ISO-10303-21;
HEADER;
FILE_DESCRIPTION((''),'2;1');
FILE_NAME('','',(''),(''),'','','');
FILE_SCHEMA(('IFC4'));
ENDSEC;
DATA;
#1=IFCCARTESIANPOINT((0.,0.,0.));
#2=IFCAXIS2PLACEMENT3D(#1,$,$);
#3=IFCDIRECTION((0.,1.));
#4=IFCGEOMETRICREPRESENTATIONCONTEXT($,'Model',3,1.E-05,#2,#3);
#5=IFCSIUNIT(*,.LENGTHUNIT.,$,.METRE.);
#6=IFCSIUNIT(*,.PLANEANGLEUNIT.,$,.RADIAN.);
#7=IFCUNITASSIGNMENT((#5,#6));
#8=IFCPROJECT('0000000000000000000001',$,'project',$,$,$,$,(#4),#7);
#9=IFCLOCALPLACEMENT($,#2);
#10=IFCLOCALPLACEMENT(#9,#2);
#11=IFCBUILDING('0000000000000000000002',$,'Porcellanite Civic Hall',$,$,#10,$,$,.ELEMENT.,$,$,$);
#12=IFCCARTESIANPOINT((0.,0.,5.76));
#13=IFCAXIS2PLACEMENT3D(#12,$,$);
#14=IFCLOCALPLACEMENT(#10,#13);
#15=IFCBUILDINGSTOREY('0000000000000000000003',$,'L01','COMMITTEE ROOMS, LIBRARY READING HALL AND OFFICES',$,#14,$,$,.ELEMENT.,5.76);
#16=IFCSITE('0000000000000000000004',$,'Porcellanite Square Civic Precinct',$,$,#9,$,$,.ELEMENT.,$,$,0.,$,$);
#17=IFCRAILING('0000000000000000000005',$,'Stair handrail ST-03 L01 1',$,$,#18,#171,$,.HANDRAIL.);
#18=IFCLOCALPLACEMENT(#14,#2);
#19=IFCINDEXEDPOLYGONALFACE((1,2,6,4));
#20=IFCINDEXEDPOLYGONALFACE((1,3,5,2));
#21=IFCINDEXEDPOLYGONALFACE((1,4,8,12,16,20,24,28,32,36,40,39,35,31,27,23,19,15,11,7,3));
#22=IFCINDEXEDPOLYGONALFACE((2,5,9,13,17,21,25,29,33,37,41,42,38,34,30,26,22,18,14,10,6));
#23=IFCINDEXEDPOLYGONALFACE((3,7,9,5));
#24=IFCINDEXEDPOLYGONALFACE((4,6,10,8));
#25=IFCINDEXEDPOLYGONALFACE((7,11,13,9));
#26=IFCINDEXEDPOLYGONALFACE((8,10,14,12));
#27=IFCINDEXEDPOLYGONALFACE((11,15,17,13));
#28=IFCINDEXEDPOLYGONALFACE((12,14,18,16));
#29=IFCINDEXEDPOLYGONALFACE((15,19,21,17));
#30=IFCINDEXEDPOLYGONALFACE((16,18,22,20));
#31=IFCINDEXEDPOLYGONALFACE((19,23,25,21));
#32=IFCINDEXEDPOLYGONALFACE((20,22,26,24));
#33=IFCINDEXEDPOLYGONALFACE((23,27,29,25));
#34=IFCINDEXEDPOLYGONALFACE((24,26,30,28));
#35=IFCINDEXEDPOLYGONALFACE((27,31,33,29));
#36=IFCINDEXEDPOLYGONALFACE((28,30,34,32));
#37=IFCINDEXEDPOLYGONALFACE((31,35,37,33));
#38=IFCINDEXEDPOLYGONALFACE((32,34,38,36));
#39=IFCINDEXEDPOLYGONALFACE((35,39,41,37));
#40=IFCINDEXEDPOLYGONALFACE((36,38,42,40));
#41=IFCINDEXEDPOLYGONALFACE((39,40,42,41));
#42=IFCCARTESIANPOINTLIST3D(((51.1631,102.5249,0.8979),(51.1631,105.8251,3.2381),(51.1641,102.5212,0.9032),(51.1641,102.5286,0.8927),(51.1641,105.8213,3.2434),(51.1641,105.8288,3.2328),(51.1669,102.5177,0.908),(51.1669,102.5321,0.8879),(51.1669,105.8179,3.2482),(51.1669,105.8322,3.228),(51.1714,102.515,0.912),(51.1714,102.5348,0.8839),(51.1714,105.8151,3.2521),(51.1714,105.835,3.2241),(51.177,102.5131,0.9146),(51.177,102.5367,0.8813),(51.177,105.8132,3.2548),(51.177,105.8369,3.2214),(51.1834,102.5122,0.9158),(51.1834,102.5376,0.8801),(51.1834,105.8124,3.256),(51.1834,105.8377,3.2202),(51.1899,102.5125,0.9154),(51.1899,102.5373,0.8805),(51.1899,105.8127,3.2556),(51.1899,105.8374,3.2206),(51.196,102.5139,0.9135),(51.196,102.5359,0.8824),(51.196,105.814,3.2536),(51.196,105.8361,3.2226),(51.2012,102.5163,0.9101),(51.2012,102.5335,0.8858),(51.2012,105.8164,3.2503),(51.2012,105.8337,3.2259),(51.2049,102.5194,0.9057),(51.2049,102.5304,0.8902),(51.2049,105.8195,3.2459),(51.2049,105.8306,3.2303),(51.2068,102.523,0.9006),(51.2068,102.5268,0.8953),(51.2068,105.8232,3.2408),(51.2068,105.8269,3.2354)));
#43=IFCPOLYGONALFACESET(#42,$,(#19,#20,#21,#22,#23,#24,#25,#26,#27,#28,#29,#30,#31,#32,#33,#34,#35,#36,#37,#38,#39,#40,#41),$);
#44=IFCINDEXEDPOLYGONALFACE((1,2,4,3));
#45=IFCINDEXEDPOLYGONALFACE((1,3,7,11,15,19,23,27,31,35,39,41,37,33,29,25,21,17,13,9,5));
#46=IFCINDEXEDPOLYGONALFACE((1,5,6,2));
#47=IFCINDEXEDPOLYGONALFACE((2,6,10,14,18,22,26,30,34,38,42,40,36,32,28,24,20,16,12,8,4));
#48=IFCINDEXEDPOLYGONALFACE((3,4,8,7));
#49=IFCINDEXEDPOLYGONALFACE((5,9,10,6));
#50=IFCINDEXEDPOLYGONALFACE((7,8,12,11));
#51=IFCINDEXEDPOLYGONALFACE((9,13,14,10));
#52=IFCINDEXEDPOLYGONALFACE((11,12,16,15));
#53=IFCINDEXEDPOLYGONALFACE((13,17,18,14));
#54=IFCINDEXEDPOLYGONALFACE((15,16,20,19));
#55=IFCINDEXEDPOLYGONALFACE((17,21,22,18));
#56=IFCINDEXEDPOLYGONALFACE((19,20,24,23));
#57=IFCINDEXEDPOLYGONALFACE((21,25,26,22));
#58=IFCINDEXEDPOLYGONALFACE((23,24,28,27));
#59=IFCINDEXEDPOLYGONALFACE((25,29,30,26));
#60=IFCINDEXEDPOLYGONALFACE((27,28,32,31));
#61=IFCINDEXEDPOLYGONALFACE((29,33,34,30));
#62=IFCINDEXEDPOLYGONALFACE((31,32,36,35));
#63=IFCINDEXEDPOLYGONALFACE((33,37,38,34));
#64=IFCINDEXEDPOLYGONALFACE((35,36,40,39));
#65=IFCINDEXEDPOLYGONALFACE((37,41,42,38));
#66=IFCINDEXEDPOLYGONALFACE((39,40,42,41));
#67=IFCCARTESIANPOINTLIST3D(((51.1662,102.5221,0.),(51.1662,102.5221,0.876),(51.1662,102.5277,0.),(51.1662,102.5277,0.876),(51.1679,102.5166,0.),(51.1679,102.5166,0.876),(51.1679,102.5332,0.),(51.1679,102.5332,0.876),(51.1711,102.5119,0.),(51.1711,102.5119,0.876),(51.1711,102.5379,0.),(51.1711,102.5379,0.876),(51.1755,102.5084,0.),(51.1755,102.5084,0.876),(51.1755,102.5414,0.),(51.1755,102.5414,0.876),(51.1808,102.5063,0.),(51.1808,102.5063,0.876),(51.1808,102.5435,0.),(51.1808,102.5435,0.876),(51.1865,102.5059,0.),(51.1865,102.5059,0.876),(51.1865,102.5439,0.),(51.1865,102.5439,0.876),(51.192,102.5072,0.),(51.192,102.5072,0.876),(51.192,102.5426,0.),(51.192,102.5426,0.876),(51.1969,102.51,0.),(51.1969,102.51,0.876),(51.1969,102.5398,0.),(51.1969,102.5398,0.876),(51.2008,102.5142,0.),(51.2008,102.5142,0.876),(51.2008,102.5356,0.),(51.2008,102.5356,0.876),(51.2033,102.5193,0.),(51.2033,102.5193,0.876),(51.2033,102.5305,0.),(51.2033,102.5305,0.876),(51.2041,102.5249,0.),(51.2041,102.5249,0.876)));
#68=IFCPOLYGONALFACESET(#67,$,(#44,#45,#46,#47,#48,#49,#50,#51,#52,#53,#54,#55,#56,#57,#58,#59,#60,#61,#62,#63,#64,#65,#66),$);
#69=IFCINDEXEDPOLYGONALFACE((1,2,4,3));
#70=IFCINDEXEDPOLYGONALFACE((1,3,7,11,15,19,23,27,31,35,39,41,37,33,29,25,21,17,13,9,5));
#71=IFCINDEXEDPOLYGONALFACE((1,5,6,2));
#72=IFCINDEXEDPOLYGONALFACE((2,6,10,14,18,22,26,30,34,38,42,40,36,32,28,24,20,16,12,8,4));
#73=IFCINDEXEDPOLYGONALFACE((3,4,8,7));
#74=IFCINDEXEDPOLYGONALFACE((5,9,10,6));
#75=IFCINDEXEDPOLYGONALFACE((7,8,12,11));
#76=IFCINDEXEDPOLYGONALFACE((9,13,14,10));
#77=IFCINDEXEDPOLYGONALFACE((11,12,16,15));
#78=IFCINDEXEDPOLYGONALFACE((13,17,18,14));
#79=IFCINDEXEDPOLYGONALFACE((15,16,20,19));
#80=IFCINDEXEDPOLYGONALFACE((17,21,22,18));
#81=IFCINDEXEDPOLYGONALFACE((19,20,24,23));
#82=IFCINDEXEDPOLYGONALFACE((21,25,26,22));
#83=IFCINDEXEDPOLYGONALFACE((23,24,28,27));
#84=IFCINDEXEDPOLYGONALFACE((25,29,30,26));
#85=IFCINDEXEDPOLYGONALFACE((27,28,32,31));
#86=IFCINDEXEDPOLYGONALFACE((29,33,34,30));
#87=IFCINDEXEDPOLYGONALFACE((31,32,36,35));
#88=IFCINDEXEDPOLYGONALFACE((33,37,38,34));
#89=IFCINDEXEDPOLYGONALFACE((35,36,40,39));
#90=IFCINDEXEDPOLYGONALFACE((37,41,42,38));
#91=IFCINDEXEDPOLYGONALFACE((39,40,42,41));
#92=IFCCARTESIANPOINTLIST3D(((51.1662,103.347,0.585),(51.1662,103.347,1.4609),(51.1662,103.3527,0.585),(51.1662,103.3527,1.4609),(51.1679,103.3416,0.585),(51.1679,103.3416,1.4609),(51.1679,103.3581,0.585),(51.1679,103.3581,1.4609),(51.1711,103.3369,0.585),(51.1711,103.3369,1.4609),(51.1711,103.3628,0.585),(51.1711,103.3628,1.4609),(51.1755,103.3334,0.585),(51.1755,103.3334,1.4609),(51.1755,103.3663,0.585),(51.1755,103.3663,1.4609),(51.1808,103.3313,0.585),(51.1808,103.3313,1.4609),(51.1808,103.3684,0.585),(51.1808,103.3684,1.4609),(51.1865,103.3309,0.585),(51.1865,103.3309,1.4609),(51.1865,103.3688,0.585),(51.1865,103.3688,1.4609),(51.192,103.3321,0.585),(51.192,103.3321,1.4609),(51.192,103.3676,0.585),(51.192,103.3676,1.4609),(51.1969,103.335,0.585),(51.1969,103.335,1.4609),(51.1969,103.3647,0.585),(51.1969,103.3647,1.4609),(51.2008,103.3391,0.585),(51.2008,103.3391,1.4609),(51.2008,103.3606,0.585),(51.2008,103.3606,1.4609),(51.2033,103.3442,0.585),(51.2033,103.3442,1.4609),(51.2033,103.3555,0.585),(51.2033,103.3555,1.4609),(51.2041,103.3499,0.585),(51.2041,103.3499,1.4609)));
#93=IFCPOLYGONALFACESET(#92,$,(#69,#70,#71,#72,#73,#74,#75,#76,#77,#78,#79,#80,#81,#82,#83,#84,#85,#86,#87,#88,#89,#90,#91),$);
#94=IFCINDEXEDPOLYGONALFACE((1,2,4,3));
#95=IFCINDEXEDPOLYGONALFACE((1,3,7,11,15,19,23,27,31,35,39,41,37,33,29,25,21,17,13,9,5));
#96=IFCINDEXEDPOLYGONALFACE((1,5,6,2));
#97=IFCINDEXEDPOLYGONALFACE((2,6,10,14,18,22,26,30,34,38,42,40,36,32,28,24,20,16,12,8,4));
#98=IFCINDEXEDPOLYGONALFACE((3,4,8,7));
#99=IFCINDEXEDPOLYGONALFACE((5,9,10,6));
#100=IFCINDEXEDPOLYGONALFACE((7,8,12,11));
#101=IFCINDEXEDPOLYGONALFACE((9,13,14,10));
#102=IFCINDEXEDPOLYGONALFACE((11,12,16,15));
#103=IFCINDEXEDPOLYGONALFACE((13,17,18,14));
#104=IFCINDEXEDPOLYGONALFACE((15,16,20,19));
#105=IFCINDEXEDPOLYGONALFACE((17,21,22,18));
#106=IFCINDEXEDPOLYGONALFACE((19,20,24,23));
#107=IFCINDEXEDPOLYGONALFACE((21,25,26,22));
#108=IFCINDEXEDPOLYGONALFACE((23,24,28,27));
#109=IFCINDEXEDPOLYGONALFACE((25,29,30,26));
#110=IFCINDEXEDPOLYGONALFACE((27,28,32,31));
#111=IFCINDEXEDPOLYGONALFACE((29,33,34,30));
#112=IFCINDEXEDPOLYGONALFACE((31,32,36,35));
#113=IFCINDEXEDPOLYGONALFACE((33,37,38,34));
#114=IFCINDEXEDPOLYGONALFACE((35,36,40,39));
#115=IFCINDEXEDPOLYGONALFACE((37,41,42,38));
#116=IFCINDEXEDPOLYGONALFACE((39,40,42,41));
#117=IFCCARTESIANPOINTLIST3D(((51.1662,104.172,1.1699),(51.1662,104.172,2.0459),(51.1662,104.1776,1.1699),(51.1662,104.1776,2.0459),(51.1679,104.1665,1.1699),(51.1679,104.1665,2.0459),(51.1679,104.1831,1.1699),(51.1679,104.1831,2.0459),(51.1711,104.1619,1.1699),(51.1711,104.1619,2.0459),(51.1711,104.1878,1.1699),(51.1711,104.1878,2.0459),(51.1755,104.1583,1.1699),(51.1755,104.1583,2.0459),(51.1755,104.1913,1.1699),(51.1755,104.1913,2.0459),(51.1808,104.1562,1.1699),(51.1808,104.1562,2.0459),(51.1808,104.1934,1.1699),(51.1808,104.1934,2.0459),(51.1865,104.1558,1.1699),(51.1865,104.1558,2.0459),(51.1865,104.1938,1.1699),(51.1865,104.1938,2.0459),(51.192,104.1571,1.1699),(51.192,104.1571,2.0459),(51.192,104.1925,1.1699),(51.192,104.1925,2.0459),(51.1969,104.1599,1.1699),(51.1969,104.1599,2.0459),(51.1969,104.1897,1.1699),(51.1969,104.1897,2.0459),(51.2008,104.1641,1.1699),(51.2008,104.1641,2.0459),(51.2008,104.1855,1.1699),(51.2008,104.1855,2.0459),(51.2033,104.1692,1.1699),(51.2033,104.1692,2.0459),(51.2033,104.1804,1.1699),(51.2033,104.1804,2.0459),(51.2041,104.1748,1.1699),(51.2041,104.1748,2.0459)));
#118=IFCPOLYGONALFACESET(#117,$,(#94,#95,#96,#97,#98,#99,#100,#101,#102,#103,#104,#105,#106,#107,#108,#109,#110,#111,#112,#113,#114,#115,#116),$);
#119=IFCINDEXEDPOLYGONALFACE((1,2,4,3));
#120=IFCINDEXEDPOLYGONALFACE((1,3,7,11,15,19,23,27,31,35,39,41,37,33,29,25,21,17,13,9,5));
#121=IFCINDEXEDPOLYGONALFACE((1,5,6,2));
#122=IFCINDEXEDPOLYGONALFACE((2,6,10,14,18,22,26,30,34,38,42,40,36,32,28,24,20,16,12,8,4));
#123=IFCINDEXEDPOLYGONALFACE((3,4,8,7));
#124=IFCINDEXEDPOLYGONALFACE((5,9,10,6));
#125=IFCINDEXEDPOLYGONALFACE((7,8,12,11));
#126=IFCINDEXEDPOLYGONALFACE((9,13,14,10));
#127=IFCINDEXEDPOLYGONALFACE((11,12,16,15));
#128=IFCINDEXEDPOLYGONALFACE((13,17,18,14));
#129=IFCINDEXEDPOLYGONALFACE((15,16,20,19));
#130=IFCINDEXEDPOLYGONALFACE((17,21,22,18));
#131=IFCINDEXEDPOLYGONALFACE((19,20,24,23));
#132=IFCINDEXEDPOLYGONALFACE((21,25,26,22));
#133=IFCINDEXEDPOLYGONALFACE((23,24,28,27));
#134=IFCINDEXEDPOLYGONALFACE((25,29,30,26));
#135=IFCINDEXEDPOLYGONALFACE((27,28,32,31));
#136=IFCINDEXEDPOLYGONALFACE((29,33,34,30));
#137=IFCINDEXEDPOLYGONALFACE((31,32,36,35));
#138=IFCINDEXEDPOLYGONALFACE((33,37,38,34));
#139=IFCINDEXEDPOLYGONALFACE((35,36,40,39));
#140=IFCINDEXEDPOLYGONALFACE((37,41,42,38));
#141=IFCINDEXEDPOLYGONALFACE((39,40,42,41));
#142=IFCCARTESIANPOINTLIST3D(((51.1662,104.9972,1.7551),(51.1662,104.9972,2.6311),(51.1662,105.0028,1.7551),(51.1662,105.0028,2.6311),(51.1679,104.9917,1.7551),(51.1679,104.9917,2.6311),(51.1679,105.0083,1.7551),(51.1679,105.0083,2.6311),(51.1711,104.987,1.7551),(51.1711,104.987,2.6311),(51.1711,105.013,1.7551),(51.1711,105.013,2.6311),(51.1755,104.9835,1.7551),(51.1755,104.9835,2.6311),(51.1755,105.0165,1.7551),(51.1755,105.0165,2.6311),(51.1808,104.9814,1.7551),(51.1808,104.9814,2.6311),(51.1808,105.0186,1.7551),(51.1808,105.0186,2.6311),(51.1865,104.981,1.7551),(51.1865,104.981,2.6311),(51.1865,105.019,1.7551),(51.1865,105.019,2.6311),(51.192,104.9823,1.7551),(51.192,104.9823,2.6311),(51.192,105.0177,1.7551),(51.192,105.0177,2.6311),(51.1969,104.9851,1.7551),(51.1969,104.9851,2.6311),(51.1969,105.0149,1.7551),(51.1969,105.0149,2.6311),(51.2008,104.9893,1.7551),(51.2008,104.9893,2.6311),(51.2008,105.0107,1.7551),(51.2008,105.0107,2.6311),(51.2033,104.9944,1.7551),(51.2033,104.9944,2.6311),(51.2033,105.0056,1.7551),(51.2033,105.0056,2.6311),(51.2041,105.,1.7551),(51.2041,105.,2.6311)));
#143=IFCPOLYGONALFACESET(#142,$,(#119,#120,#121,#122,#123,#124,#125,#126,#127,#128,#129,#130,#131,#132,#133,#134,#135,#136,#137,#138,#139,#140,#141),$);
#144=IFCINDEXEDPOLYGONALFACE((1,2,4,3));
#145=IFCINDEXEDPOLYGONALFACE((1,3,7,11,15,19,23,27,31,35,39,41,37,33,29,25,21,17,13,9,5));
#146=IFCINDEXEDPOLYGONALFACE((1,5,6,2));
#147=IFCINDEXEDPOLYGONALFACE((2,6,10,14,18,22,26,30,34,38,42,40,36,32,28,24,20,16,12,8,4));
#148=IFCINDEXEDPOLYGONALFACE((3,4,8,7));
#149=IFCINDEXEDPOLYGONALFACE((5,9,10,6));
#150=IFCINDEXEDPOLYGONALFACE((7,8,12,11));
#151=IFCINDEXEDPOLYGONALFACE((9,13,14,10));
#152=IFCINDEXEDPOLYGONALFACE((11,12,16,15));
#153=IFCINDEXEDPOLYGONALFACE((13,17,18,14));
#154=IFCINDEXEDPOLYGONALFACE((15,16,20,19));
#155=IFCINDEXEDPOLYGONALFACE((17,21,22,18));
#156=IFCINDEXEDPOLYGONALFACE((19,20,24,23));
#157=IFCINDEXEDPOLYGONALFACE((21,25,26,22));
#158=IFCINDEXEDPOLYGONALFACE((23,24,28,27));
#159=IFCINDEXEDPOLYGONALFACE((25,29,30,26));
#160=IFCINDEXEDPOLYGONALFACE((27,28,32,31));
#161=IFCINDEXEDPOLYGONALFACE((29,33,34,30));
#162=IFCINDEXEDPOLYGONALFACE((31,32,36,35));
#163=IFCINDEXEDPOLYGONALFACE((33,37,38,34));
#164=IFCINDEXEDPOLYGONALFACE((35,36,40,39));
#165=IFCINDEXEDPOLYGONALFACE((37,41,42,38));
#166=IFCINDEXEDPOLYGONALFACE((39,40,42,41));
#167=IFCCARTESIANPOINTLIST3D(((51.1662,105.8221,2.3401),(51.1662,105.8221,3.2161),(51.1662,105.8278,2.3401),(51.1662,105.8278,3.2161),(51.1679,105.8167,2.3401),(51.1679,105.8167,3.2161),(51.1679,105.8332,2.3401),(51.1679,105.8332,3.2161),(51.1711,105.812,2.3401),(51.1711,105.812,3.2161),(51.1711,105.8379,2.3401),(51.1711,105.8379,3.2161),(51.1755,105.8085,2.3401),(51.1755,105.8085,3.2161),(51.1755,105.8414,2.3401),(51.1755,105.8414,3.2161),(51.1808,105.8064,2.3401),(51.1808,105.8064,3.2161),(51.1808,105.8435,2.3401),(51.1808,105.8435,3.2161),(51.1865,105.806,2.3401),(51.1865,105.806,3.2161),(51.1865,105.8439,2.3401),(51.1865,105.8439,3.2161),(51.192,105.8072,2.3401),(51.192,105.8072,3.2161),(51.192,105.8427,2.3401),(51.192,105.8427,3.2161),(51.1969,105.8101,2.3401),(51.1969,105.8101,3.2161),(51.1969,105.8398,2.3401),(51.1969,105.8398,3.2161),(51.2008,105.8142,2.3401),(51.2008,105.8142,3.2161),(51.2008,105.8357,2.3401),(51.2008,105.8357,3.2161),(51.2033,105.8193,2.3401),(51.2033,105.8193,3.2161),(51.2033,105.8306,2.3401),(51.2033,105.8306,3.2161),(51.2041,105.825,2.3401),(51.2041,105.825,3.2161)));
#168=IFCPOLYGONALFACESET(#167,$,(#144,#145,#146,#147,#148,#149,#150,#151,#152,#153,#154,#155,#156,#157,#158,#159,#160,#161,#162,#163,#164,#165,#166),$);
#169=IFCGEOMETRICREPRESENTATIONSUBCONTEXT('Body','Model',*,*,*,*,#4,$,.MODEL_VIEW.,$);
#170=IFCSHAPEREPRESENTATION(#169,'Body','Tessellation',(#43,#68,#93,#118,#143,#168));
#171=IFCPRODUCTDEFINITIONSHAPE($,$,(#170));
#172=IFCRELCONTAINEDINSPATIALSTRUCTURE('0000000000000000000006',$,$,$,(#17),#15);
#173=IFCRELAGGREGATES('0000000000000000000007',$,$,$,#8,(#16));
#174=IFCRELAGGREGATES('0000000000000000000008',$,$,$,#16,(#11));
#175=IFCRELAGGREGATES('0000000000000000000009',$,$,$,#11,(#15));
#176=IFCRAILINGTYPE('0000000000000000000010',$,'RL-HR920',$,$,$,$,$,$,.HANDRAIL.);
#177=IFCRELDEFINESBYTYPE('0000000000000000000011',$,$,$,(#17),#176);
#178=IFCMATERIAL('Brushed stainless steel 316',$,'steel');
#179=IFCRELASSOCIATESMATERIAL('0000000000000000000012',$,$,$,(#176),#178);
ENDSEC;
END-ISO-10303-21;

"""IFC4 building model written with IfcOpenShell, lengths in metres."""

from ifc_helpers import new_model, si_unit, direction, frame, origin, origin_2d, place, context, subcontext, project, spatial, circle, extrude, material, type_object, element, save


model = new_model("IFC4")

# Units and contexts
model_context = context("Model", 3, precision=1e-05, world=origin(), true_north=direction((0.0, 1.0)))
body_context = subcontext(model_context, "Body", "Model", "MODEL_VIEW")
ifc_project = project(units=[si_unit("LENGTHUNIT", "METRE"), si_unit("PLANEANGLEUNIT", "RADIAN")], contexts=[model_context])

# Site, building, storey
site_placement = place(None, origin())
site = spatial("IfcSite", under=ifc_project, at=site_placement, Name="Porcellanite Square Civic Precinct", CompositionType="ELEMENT", RefElevation=0.0)
building_placement = place(site_placement, origin())
building = spatial("IfcBuilding", under=site, at=building_placement, Name="Porcellanite Civic Hall", CompositionType="ELEMENT")
storey_placement = place(building_placement, frame((0.0, 0.0, 5.76)))
storey = spatial("IfcBuildingStorey", under=building, at=storey_placement, Name="L01", Description="COMMITTEE ROOMS, LIBRARY READING HALL AND OFFICES", CompositionType="ELEMENT", Elevation=5.76)

# Railing
ifc_material_1 = material(Name="Brushed stainless steel 316", Category="steel")
railing_type = type_object("IfcRailingType", Name="RL-HR920", PredefinedType="HANDRAIL", material=ifc_material_1)
railing_placement = place(storey_placement, frame((51.1851, 102.5249, 0.0)))
element("IfcRailing", 1, at=railing_placement, inside=storey, type_object=railing_type, Name="Stair handrail ST-03 L01 1", PredefinedType="HANDRAIL", context=body_context, shape_type="SweptSolid", body=[
    extrude(circle(Radius=0.022, at=origin_2d()), frame((0.0, 0.0, 0.8979), z_axis=(0.0, 0.815727, 0.578438), x_axis=(-1.0, 0.0, 0.0)), (0.0, 0.0, 1.0), 4.0457),
    extrude(circle(Radius=0.019, at=origin_2d()), origin(), (0.0, 0.0, 1.0), 0.876),
    extrude(circle(Radius=0.019, at=origin_2d()), frame((0.0, 0.825, 0.585)), (0.0, 0.0, 1.0), 0.876),
    extrude(circle(Radius=0.019, at=origin_2d()), frame((0.0, 1.6499, 1.1699)), (0.0, 0.0, 1.0), 0.876),
    extrude(circle(Radius=0.019, at=origin_2d()), frame((0.0, 2.4751, 1.7551)), (0.0, 0.0, 1.0), 0.876),
    extrude(circle(Radius=0.019, at=origin_2d()), frame((0.0, 3.3, 2.3401)), (0.0, 0.0, 1.0), 0.876),
])

save(model, "model.ifc")
